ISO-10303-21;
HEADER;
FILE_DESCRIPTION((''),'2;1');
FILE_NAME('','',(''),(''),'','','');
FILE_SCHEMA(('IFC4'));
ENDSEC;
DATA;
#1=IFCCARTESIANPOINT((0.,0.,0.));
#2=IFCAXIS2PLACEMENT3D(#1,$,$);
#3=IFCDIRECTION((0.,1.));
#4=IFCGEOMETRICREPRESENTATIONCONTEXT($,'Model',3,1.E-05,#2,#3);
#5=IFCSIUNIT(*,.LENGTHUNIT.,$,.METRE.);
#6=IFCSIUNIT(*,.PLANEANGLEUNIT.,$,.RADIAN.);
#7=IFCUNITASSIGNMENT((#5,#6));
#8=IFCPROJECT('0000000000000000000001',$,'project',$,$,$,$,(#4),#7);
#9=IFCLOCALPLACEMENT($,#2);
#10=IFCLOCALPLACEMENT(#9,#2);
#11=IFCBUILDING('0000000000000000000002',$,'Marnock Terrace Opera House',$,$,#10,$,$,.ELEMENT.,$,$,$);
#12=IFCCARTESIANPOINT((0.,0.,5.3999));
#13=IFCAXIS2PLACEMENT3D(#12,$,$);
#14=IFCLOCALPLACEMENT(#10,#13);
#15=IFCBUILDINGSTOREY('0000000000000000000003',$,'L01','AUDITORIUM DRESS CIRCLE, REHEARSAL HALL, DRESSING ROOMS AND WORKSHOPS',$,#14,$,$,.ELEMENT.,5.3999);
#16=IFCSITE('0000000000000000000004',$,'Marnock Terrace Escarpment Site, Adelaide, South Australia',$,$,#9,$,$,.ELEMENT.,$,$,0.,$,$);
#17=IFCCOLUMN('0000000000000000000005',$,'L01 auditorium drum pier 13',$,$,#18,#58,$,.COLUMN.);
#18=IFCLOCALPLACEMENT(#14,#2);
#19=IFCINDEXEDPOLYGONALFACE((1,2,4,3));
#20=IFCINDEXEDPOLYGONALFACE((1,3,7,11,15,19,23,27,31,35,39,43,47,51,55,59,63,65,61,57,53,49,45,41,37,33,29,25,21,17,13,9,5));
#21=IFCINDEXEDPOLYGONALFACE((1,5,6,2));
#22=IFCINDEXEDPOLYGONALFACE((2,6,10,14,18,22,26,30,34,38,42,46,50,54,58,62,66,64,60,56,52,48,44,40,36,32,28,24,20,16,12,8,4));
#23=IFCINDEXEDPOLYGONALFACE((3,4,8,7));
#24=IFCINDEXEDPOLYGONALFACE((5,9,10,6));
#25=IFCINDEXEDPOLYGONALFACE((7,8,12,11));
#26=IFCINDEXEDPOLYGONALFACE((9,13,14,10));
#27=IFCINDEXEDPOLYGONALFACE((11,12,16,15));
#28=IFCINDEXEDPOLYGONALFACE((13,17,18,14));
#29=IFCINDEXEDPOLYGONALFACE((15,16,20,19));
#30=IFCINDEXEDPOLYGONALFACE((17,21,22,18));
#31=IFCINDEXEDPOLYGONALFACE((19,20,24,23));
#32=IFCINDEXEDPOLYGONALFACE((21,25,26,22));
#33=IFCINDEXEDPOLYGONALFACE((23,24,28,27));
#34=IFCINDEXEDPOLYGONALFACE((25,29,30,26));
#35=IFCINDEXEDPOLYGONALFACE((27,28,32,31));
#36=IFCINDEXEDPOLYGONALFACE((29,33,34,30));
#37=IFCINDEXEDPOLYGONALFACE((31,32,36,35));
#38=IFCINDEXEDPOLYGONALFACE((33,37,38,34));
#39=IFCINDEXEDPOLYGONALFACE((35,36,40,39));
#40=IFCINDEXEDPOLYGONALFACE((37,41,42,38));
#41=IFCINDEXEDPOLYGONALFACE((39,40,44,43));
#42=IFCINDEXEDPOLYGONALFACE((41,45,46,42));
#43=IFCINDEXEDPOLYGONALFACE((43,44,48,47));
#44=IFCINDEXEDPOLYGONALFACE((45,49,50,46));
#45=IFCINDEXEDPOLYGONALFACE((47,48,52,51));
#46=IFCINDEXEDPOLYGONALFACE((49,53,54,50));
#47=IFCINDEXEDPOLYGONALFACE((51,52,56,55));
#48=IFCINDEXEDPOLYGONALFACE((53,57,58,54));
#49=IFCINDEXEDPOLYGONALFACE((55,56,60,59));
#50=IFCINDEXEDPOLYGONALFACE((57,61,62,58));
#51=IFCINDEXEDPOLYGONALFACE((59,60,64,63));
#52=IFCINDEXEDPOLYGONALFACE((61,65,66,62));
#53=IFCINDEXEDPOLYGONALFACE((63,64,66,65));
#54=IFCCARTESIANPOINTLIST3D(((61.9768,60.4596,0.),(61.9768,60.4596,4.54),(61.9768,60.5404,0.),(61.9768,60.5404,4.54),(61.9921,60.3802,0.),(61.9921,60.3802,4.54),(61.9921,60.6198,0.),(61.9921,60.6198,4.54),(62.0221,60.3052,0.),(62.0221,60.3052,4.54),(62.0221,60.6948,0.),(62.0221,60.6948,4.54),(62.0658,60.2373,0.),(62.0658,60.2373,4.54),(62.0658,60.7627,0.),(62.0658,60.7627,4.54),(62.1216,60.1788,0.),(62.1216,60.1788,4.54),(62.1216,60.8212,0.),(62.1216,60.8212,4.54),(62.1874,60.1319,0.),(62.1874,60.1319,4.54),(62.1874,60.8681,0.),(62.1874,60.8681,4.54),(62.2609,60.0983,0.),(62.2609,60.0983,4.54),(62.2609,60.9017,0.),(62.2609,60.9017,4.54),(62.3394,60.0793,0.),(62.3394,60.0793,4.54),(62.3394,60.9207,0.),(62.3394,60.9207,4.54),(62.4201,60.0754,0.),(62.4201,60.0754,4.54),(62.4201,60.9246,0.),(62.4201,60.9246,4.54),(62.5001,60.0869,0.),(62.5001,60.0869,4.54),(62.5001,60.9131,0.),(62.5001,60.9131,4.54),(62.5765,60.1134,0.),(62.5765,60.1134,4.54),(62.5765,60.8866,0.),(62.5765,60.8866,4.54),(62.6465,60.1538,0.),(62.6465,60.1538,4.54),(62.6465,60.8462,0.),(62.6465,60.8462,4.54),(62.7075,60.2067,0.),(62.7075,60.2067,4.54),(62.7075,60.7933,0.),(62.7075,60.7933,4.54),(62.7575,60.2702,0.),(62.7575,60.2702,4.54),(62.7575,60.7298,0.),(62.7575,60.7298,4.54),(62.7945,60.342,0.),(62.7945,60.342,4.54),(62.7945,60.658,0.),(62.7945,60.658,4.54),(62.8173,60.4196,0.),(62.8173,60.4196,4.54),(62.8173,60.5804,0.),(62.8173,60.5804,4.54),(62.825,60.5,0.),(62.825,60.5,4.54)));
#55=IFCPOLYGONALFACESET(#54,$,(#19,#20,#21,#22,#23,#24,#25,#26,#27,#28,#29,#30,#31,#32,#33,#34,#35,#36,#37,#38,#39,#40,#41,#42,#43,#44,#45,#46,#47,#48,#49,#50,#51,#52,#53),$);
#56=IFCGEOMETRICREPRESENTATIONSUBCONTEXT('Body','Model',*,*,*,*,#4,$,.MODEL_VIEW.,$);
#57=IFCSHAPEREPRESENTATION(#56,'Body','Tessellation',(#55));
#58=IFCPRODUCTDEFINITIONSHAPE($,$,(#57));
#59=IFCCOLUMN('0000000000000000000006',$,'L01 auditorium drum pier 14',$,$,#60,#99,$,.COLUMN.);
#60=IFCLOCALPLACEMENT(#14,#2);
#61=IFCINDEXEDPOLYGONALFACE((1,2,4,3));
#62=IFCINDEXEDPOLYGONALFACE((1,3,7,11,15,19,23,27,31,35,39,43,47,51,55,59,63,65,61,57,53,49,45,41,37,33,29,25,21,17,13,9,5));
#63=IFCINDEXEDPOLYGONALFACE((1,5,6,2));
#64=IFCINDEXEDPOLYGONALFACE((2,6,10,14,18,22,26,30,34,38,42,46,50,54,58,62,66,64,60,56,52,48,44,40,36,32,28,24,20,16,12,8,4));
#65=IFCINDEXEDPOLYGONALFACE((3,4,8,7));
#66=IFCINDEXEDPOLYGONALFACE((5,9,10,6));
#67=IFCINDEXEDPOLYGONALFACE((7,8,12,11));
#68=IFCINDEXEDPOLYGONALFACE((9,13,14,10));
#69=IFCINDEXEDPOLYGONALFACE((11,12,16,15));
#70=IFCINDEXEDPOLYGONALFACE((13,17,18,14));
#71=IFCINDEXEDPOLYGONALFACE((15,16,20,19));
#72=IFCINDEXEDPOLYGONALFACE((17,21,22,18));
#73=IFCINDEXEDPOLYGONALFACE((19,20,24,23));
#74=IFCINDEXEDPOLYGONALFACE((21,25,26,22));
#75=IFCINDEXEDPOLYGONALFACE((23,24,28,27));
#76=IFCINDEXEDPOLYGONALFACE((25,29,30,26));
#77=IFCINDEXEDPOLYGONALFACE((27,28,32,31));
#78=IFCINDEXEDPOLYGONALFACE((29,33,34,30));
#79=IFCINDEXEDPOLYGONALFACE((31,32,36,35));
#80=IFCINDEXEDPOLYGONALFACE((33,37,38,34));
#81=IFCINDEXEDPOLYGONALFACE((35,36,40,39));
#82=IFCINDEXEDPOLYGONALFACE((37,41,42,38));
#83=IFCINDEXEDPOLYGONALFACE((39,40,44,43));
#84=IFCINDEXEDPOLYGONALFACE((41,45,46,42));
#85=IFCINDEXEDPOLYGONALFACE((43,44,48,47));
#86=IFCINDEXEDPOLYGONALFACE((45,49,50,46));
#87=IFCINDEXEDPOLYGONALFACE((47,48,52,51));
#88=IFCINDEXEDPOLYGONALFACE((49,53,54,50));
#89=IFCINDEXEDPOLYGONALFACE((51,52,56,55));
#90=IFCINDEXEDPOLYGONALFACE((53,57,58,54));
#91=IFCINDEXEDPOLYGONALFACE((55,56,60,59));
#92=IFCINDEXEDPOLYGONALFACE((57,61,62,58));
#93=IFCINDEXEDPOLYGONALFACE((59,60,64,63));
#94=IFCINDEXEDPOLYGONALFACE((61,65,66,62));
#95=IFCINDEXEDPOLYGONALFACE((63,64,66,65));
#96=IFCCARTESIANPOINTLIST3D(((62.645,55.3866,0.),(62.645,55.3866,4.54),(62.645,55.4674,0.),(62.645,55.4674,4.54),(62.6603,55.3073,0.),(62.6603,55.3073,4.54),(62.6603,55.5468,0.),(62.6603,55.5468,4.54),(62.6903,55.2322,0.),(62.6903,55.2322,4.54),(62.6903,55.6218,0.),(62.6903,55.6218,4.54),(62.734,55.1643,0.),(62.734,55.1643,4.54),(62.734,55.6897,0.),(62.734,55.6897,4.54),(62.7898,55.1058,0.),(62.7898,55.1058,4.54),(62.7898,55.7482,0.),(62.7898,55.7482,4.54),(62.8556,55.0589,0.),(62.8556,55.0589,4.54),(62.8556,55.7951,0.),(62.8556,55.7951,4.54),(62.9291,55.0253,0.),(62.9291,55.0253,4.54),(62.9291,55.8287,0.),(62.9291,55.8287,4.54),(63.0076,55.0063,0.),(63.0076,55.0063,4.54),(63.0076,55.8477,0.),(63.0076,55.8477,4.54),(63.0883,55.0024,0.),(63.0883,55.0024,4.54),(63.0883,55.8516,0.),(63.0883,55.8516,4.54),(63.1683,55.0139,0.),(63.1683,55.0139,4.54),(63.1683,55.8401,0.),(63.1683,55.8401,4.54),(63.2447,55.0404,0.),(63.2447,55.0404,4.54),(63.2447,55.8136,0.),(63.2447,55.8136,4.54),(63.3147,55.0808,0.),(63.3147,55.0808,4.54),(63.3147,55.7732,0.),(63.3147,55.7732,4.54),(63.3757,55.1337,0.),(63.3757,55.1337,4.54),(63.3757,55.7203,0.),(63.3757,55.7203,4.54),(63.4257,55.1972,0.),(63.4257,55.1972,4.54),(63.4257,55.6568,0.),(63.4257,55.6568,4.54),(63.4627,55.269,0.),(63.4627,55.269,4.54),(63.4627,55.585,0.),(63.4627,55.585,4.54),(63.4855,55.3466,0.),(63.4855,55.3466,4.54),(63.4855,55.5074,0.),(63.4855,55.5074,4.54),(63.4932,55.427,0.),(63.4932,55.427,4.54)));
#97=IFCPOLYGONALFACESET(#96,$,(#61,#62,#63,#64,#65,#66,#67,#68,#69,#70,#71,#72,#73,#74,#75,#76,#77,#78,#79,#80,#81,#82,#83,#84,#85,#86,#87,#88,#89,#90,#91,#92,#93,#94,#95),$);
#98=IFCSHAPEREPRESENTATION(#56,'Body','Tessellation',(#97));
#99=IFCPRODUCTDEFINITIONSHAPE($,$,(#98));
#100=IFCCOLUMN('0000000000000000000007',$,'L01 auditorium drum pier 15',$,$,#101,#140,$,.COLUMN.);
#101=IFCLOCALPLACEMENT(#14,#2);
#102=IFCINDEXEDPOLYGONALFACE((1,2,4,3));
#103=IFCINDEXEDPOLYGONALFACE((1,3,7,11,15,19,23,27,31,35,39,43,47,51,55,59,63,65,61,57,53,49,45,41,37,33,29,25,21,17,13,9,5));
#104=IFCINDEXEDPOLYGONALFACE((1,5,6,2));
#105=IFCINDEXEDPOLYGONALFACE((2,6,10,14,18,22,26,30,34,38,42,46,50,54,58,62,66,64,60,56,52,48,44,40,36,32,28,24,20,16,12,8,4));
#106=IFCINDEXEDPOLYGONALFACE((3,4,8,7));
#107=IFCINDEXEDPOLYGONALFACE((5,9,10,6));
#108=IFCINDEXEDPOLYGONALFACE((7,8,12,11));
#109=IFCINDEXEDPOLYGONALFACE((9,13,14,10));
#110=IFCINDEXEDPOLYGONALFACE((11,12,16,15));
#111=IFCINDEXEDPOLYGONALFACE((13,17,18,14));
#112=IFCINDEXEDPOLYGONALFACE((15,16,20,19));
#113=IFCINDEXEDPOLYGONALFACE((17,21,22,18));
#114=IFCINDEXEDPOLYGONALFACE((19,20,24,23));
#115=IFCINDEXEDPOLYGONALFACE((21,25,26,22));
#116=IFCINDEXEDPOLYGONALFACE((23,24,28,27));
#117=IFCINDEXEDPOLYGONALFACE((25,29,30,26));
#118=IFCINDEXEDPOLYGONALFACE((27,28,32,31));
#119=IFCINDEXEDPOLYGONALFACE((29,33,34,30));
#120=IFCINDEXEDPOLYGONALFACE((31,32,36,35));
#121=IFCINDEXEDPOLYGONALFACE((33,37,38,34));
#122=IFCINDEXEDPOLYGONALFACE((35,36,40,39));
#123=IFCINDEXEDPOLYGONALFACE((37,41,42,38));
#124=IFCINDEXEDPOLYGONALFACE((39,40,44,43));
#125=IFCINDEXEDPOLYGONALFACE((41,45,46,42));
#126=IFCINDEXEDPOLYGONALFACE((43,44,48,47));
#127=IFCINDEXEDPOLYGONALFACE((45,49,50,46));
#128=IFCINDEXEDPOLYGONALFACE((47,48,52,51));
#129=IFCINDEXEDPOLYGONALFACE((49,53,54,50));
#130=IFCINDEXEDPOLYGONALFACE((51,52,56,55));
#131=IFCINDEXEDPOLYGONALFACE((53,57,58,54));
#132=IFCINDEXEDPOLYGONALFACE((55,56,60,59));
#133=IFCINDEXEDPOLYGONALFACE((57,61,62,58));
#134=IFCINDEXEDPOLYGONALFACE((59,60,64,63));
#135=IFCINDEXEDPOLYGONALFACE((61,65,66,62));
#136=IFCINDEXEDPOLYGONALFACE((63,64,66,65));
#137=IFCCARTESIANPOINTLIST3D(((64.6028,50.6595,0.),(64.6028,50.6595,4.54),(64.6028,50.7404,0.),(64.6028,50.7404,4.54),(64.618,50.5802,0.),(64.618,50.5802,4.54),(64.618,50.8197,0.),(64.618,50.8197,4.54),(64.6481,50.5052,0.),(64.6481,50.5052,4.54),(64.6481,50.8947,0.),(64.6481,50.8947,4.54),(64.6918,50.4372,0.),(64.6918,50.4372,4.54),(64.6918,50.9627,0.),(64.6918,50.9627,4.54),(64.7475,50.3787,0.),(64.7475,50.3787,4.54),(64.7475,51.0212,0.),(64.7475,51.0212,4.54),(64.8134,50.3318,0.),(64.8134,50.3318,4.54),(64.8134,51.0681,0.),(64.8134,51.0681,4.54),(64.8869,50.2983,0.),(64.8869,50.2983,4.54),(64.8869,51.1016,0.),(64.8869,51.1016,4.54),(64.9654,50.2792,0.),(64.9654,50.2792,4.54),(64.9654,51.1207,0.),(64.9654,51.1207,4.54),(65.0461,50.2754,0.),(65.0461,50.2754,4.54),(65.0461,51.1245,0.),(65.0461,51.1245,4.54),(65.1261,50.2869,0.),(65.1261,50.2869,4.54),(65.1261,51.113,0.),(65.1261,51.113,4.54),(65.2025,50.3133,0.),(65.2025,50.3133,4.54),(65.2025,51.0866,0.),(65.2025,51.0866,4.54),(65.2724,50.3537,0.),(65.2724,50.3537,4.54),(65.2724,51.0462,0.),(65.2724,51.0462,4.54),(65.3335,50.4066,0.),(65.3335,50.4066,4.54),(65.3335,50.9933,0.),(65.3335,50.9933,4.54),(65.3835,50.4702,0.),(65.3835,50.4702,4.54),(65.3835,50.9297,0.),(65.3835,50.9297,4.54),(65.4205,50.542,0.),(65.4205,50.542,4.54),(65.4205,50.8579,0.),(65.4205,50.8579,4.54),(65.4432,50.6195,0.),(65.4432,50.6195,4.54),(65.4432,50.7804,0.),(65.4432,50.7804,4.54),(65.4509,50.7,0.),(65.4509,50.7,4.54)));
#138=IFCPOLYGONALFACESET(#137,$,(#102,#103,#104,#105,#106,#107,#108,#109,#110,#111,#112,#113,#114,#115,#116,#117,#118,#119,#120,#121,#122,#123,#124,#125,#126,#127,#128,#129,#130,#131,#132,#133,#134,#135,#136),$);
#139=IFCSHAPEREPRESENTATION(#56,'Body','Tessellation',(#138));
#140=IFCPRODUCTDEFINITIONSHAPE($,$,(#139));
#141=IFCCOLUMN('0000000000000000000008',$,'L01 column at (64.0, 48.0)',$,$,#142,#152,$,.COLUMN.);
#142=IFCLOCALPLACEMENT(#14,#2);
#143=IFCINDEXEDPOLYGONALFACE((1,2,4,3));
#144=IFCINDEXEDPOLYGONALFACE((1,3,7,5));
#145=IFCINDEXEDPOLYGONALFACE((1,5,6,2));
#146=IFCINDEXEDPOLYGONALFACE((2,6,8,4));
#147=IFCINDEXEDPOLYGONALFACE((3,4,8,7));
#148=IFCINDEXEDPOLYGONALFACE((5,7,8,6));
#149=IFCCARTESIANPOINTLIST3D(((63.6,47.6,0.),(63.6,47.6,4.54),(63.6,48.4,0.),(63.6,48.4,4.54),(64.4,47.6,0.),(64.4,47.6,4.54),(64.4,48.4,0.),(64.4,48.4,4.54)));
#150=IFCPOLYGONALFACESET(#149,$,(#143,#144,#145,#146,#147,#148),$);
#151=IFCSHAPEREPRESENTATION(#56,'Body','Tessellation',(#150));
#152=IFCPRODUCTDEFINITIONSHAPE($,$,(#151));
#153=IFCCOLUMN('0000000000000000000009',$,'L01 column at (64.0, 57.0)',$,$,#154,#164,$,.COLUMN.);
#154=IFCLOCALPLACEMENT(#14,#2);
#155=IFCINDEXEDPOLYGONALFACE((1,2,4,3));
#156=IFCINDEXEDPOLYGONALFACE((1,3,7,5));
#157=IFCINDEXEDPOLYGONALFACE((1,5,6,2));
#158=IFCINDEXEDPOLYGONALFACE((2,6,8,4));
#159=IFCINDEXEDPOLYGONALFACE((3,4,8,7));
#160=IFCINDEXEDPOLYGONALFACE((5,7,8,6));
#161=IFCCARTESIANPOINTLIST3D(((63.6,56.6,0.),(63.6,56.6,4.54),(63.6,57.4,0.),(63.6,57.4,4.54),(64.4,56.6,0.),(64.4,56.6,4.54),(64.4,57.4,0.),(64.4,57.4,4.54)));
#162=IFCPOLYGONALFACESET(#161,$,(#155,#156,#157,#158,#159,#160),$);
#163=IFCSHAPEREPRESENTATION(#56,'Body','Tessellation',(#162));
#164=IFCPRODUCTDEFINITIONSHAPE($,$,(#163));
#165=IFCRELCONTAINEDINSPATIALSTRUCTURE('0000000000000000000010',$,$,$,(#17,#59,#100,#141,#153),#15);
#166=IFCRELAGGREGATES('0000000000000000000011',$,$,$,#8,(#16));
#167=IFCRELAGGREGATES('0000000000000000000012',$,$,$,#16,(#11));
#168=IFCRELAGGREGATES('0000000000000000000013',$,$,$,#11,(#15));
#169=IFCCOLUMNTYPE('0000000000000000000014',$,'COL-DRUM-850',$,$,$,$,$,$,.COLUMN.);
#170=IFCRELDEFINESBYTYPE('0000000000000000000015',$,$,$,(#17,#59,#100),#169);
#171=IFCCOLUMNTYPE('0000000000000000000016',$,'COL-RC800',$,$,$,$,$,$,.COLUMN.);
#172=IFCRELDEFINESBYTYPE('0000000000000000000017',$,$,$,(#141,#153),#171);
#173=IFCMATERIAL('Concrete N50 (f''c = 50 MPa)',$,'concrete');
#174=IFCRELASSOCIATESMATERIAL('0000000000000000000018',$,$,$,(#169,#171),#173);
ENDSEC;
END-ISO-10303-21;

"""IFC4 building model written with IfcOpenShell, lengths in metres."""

from ifc_helpers import new_model, si_unit, direction, frame, origin, origin_2d, place, context, subcontext, project, spatial, rectangle, circle, extrude, material, material_profile, profile_set, type_object, element, save


model = new_model("IFC4")

# Units and contexts
model_context = context("Model", 3, precision=1e-05, world=origin(), true_north=direction((0.0, 1.0)))
body_context = subcontext(model_context, "Body", "Model", "MODEL_VIEW")
ifc_project = project(units=[si_unit("LENGTHUNIT", "METRE"), si_unit("PLANEANGLEUNIT", "RADIAN")], contexts=[model_context])

# Site, building, storey
site_placement = place(None, origin())
site = spatial("IfcSite", under=ifc_project, at=site_placement, Name="Marnock Terrace Escarpment Site, Adelaide, South Australia", CompositionType="ELEMENT", RefElevation=0.0)
building_placement = place(site_placement, origin())
building = spatial("IfcBuilding", under=site, at=building_placement, Name="Marnock Terrace Opera House", CompositionType="ELEMENT")
storey_placement = place(building_placement, frame((0.0, 0.0, 5.3999)))
storey = spatial("IfcBuildingStorey", under=building, at=storey_placement, Name="L01", Description="AUDITORIUM DRESS CIRCLE, REHEARSAL HALL, DRESSING ROOMS AND WORKSHOPS", CompositionType="ELEMENT", Elevation=5.3999)

# Columns
ifc_material_1 = material(Name="Concrete N50 (f'c = 50 MPa)", Category="concrete")
ifc_material_profile_1 = material_profile(ifc_material_1, circle(Radius=0.425, at=origin_2d()))
ifc_profile_set_1 = profile_set([ifc_material_profile_1], Name="Concrete N50 (f'c = 50 MPa)")
column_type_1 = type_object("IfcColumnType", Name="COL-DRUM-850", PredefinedType="COLUMN", material=ifc_profile_set_1)
for number, where, z_axis, x_axis, name in (
    (1, (62.3999, 60.5, 0.0), (0.0, 0.0, 1.0), (1.0, 0.0, 0.0), "L01 auditorium drum pier 13"),
    (2, (63.0681, 55.427, 0.0), (0.0, 0.0, 1.0), (1.0, 0.0, 0.0), "L01 auditorium drum pier 14"),
    (3, (65.0259, 50.7, 0.0), (0.0, 0.0, 1.0), (1.0, 0.0, 0.0), "L01 auditorium drum pier 15"),
):
    element("IfcColumn", number, at=place(storey_placement, frame(where, z_axis=z_axis, x_axis=x_axis)), inside=storey, type_object=column_type_1, Name=name, PredefinedType="COLUMN", context=body_context, shape_type="SweptSolid", body=[
        extrude(circle(Radius=0.425, at=origin_2d()), origin(), (0.0, 0.0, 1.0), 4.54),
    ])
ifc_material_profile_2 = material_profile(ifc_material_1, rectangle(XDim=0.8, YDim=0.8, at=origin_2d()))
ifc_profile_set_2 = profile_set([ifc_material_profile_2], Name="Concrete N50 (f'c = 50 MPa)")
column_type_2 = type_object("IfcColumnType", Name="COL-RC800", PredefinedType="COLUMN", material=ifc_profile_set_2)
for number, where, z_axis, x_axis, name in (
    (4, (64.0, 48.0, 0.0), (0.0, 0.0, 1.0), (1.0, 0.0, 0.0), "L01 column at (64.0, 48.0)"),
    (5, (64.0, 57.0, 0.0), (0.0, 0.0, 1.0), (1.0, 0.0, 0.0), "L01 column at (64.0, 57.0)"),
):
    element("IfcColumn", number, at=place(storey_placement, frame(where, z_axis=z_axis, x_axis=x_axis)), inside=storey, type_object=column_type_2, Name=name, PredefinedType="COLUMN", context=body_context, shape_type="SweptSolid", body=[
        extrude(rectangle(XDim=0.8, YDim=0.8, at=origin_2d()), origin(), (0.0, 0.0, 1.0), 4.54),
    ])

save(model, "model.ifc")
